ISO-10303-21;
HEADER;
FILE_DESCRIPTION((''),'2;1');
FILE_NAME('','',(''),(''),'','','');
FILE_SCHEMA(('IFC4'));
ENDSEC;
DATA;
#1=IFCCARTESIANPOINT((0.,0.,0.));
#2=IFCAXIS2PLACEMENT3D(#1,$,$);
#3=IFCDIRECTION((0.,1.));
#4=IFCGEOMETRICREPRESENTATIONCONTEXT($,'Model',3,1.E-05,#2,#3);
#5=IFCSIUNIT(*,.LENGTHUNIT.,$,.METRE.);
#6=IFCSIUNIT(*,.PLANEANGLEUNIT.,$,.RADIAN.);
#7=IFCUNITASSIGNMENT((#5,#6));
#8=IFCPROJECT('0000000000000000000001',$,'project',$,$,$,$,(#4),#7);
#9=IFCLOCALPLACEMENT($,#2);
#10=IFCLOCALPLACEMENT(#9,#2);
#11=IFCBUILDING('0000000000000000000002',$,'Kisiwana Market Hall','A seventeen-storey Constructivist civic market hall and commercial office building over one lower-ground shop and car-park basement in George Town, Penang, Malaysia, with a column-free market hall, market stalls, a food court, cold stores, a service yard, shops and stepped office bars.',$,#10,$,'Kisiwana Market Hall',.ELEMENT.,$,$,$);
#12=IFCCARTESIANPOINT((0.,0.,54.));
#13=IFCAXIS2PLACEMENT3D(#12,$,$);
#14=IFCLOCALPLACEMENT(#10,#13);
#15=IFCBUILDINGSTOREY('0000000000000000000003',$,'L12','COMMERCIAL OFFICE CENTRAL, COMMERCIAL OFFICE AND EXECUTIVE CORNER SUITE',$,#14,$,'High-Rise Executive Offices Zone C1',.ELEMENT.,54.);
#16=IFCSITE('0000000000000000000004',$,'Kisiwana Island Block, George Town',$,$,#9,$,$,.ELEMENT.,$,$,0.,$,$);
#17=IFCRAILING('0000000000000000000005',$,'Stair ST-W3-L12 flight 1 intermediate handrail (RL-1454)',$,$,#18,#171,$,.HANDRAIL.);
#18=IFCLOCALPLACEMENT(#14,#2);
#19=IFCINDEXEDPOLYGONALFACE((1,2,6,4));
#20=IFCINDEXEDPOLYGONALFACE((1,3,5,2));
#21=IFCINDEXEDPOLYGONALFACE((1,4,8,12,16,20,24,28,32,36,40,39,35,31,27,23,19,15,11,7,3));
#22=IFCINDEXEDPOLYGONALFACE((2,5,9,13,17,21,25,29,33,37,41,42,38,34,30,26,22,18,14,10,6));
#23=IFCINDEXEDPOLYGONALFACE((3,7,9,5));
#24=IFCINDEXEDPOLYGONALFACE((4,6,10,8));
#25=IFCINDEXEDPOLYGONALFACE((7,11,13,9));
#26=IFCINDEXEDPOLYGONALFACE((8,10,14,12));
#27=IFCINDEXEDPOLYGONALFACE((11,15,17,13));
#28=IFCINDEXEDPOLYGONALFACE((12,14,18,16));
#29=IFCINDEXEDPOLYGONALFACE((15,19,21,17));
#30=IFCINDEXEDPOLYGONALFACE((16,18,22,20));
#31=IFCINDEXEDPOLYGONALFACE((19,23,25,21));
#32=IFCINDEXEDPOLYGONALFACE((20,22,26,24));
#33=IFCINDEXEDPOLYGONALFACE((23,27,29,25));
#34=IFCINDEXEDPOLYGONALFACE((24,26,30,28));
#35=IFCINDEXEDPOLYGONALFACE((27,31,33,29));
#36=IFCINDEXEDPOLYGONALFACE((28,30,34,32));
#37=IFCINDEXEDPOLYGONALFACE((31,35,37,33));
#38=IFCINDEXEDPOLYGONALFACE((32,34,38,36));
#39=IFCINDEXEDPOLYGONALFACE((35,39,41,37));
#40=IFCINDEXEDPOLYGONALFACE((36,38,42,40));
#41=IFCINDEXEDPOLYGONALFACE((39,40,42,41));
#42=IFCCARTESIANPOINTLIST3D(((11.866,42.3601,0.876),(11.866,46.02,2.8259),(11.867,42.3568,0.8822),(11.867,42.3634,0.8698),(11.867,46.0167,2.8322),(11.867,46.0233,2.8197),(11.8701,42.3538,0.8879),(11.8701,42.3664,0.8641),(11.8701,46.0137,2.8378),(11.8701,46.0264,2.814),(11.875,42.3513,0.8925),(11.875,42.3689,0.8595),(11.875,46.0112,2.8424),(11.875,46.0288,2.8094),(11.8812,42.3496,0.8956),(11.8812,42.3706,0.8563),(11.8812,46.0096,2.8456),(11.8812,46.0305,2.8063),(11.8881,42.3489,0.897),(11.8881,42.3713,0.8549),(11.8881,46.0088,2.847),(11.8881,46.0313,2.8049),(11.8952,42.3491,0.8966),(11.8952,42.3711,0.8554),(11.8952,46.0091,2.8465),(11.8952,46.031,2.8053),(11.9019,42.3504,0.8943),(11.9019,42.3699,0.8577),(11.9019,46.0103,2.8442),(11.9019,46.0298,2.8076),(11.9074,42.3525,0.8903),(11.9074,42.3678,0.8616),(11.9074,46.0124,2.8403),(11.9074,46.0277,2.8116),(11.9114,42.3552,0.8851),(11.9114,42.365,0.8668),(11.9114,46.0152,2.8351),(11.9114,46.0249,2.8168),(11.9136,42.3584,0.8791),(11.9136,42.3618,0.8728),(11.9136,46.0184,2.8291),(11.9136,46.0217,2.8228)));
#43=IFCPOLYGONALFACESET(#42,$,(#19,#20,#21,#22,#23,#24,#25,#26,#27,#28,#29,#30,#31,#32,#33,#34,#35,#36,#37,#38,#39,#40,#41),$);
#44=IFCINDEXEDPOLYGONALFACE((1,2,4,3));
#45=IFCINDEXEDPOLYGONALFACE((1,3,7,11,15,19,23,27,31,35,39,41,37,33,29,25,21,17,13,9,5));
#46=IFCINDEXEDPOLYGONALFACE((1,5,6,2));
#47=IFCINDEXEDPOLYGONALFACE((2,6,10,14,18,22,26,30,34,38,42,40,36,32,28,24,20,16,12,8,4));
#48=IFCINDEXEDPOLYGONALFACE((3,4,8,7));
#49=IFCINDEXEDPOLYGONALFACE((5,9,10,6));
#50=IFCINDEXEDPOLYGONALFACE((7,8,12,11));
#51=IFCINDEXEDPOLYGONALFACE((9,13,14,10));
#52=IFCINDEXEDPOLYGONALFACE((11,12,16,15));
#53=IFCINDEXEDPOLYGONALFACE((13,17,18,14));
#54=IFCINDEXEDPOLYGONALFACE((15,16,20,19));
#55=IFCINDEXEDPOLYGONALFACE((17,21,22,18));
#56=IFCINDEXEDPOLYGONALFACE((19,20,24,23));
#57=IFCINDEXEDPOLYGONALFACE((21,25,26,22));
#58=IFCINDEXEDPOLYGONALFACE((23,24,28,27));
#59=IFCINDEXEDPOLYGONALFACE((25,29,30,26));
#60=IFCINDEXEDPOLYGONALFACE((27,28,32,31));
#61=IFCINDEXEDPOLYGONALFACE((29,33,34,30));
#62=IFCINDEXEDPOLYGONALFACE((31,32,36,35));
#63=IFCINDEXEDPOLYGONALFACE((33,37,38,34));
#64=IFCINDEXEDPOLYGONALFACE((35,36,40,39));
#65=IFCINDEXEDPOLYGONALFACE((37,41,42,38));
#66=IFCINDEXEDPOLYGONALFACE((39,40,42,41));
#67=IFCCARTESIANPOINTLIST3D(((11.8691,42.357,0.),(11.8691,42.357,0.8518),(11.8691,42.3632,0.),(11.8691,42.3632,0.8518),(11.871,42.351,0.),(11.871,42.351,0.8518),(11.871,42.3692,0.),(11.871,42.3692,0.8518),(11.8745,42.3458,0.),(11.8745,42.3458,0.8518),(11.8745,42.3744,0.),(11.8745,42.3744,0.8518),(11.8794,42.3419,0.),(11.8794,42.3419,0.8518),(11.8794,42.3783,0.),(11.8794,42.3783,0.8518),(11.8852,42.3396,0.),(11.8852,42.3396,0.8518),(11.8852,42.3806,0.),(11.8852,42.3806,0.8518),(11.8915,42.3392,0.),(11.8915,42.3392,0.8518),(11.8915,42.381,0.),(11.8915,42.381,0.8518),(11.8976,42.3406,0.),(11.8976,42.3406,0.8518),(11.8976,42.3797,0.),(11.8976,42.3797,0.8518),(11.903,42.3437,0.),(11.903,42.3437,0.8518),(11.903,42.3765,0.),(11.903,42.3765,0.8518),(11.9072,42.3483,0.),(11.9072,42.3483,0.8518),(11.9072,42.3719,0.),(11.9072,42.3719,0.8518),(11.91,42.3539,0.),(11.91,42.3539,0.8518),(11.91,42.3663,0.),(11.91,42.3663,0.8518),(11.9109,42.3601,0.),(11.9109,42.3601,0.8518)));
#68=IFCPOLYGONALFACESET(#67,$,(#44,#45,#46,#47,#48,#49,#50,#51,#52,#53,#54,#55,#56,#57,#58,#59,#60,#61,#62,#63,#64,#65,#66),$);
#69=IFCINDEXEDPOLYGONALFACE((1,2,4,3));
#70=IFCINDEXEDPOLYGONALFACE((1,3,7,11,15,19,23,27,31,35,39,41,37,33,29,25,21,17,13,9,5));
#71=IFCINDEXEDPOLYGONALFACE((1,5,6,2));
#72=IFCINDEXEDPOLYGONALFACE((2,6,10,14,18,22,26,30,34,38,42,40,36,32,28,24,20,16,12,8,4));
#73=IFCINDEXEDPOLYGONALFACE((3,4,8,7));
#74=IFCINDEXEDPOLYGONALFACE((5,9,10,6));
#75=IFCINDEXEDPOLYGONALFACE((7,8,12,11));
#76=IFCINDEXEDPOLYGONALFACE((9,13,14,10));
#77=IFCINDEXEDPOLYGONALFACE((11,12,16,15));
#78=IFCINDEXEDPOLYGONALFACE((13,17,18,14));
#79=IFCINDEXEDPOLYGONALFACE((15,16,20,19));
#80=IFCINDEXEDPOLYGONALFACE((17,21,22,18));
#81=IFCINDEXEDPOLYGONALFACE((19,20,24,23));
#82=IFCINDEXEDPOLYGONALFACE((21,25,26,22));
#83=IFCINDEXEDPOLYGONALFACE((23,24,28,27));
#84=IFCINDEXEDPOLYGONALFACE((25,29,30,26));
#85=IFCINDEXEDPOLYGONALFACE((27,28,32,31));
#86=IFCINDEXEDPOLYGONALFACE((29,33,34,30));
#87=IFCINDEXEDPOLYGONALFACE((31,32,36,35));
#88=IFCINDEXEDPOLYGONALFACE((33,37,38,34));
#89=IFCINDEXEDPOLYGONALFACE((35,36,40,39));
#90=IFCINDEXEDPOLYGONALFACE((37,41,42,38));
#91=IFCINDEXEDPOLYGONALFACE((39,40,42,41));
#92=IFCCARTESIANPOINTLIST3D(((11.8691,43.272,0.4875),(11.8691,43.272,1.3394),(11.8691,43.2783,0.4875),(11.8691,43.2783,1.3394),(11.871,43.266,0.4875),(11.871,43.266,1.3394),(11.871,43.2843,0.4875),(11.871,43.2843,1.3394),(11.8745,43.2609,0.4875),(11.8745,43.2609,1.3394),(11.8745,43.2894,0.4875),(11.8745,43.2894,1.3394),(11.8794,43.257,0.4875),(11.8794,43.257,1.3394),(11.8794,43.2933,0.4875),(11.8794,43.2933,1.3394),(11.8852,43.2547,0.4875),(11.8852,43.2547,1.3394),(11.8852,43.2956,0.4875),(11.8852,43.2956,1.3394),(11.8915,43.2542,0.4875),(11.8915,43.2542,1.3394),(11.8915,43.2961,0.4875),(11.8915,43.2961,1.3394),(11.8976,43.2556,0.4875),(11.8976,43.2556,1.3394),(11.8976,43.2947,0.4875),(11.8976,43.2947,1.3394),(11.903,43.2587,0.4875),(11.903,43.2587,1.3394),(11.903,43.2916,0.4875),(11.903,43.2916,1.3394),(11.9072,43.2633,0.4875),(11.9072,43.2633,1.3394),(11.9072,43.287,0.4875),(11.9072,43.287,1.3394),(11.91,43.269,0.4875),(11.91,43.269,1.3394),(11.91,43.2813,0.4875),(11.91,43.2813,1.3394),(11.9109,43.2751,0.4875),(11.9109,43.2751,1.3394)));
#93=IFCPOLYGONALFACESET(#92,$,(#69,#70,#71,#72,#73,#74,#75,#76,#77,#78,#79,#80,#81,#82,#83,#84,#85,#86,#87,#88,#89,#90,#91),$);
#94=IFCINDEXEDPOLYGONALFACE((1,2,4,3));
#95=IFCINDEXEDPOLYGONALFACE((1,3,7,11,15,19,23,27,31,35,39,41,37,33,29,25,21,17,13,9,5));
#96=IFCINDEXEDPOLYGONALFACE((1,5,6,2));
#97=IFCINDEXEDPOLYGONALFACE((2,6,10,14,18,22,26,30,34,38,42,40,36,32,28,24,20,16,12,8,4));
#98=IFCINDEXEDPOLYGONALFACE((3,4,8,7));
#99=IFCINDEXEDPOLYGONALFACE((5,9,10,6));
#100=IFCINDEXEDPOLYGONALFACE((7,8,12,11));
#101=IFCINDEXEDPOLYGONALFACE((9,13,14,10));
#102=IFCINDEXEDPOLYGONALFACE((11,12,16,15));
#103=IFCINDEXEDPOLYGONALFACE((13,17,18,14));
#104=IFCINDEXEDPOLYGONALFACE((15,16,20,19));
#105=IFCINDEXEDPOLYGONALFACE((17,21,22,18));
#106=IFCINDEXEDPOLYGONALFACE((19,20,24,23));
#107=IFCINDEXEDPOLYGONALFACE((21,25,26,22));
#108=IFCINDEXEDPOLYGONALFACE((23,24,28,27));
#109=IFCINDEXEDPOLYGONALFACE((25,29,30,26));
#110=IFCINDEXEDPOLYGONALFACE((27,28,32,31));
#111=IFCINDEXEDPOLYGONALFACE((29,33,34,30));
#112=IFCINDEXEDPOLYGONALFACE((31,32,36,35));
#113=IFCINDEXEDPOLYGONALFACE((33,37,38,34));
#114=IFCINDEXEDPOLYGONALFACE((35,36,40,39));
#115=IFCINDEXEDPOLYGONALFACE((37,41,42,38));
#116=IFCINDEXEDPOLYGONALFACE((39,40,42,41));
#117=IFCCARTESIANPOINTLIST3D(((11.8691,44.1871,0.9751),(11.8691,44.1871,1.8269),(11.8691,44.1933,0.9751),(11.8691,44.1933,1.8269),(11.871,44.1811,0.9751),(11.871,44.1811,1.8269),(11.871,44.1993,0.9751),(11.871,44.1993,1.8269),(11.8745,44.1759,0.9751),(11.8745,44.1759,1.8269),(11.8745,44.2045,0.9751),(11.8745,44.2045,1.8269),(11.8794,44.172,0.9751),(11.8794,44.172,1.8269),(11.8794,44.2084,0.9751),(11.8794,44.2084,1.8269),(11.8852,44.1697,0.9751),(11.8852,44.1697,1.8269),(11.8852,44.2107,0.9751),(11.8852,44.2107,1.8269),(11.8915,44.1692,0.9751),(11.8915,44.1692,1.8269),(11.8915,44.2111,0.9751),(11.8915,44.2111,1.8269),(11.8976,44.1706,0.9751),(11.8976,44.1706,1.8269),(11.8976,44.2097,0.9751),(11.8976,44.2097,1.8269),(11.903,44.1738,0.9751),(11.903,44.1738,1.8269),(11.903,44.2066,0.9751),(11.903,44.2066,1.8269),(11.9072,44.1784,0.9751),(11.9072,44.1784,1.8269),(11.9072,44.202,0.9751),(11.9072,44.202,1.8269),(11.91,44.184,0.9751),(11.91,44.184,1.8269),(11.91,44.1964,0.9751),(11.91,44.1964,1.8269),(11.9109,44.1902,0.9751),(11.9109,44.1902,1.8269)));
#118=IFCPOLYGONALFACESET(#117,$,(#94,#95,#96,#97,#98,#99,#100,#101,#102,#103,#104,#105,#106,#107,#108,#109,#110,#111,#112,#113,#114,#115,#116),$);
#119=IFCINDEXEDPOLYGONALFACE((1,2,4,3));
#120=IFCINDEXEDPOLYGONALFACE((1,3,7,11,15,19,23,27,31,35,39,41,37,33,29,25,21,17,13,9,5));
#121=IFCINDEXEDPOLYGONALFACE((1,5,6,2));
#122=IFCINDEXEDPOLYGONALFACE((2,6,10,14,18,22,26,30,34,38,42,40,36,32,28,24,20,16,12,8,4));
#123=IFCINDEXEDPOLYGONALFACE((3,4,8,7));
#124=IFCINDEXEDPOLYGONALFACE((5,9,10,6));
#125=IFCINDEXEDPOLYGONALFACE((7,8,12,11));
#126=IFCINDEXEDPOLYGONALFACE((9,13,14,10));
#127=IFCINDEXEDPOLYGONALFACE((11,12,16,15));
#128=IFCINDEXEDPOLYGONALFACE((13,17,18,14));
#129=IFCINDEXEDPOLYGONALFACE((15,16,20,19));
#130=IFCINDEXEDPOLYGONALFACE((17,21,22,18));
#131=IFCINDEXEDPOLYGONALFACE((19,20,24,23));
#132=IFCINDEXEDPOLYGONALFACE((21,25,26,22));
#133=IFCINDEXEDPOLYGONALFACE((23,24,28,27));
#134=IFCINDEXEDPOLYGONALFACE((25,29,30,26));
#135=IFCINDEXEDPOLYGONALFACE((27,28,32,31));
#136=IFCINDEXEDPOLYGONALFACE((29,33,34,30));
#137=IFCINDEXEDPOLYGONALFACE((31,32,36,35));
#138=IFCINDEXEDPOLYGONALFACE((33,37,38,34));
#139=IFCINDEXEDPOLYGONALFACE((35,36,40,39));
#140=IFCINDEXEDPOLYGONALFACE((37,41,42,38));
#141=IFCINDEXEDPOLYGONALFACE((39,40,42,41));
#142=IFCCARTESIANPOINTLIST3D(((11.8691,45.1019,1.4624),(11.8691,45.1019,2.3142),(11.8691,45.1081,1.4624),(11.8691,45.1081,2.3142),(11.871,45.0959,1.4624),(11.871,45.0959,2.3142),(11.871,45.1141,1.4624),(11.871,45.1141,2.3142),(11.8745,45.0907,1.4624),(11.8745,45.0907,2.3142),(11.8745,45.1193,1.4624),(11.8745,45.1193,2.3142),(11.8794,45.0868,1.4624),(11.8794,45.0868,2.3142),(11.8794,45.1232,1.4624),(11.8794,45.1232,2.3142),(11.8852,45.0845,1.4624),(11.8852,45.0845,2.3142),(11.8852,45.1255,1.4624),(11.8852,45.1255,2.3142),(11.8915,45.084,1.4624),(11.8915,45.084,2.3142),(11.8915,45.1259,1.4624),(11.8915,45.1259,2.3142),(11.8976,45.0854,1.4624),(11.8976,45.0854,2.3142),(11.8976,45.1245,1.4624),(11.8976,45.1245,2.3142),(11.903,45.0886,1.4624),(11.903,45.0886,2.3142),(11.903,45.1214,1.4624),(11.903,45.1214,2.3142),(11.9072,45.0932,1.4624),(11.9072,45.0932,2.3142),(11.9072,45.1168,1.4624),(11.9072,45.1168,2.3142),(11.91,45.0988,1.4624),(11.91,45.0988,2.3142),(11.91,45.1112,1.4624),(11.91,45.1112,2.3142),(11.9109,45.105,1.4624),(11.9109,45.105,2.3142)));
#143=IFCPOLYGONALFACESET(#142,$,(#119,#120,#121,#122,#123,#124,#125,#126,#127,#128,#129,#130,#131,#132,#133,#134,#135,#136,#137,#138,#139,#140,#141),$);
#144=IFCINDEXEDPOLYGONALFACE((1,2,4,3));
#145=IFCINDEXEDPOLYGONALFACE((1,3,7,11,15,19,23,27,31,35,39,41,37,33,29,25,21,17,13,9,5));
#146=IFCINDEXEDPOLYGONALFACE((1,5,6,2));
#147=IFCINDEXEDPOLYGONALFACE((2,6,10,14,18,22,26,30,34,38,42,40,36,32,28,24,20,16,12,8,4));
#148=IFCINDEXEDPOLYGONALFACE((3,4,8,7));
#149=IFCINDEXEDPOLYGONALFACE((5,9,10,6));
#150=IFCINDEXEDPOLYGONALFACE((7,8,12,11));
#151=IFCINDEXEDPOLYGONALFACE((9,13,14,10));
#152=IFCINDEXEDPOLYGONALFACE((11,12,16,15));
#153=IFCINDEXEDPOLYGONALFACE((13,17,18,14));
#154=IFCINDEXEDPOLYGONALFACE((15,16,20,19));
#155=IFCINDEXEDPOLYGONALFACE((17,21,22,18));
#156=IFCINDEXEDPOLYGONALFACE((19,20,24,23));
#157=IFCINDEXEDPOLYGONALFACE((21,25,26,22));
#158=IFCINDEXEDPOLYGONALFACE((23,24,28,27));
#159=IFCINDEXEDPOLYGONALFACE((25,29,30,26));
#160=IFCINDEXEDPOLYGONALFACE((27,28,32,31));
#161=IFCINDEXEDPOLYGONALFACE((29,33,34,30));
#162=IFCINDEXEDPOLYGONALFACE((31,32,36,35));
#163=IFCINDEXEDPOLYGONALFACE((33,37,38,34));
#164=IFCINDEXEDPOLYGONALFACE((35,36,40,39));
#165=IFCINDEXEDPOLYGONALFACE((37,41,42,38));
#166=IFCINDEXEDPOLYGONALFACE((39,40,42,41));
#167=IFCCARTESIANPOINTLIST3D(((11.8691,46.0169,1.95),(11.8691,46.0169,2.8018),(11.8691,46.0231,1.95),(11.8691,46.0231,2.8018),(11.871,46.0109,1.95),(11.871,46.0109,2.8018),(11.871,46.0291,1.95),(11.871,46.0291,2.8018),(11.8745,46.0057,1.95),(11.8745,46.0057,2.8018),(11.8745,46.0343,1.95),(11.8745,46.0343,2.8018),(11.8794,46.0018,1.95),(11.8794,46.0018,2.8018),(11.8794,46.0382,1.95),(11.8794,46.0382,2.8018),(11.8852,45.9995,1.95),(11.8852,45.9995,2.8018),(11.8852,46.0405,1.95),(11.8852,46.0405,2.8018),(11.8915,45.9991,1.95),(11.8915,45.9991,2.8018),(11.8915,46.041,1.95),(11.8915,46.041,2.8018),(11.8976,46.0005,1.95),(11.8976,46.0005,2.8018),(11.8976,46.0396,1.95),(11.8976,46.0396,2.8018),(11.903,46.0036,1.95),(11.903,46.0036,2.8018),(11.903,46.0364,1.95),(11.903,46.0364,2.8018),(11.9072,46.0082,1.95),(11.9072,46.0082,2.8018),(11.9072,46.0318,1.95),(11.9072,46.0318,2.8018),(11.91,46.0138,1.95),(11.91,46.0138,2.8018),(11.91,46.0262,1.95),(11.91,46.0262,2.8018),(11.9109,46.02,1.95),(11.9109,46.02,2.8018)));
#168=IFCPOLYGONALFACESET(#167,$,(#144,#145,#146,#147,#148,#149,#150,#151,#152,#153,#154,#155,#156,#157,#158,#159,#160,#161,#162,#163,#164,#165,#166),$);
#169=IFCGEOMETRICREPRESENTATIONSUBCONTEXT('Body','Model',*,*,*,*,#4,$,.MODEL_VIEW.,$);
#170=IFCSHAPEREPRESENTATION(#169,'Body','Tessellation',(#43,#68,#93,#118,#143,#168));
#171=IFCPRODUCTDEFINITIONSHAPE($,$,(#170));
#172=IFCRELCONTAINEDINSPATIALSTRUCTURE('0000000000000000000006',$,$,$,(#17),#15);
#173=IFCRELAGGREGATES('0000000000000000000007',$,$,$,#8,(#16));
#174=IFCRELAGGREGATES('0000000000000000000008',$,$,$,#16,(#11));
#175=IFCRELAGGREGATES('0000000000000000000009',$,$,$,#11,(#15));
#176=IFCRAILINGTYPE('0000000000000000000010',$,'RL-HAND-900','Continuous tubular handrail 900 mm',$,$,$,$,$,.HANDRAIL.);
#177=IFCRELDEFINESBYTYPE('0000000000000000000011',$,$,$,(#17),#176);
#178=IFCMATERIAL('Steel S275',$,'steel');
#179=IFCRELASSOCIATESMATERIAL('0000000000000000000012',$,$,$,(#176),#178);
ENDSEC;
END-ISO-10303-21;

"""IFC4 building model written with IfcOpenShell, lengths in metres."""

from ifc_helpers import new_model, si_unit, direction, frame, origin, origin_2d, place, context, subcontext, project, spatial, circle, extrude, material, type_object, element, save


model = new_model("IFC4")

# Units and contexts
model_context = context("Model", 3, precision=1e-05, world=origin(), true_north=direction((0.0, 1.0)))
body_context = subcontext(model_context, "Body", "Model", "MODEL_VIEW")
ifc_project = project(units=[si_unit("LENGTHUNIT", "METRE"), si_unit("PLANEANGLEUNIT", "RADIAN")], contexts=[model_context])

# Site, building, storey
site_placement = place(None, origin())
site = spatial("IfcSite", under=ifc_project, at=site_placement, Name="Kisiwana Island Block, George Town", CompositionType="ELEMENT", RefElevation=0.0)
building_placement = place(site_placement, origin())
building = spatial("IfcBuilding", under=site, at=building_placement, Name="Kisiwana Market Hall", Description="A seventeen-storey Constructivist civic market hall and commercial office building over one lower-ground shop and car-park basement in George Town, Penang, Malaysia, with a column-free market hall, market stalls, a food court, cold stores, a service yard, shops and stepped office bars.", LongName="Kisiwana Market Hall", CompositionType="ELEMENT")
storey_placement = place(building_placement, frame((0.0, 0.0, 54.0)))
storey = spatial("IfcBuildingStorey", under=building, at=storey_placement, Name="L12", Description="COMMERCIAL OFFICE CENTRAL, COMMERCIAL OFFICE AND EXECUTIVE CORNER SUITE", LongName="High-Rise Executive Offices Zone C1", CompositionType="ELEMENT", Elevation=54.0)

# Railing
ifc_material_1 = material(Name="Steel S275", Category="steel")
railing_type_1 = type_object("IfcRailingType", Name="RL-HAND-900", Description="Continuous tubular handrail 900 mm", PredefinedType="HANDRAIL", material=ifc_material_1)
for number, where, name in (
    (1, (11.8899, 42.3601, 0.0), "Stair ST-W3-L12 flight 1 intermediate handrail (RL-1454)"),
):
    element("IfcRailing", number, at=place(storey_placement, frame(where)), inside=storey, type_object=railing_type_1, Name=name, PredefinedType="HANDRAIL", context=body_context, shape_type="SweptSolid", body=[
        extrude(circle(Radius=0.0239, at=origin_2d()), frame((0.0, 0.0, 0.876), z_axis=(0.0, 0.882553, 0.470212), x_axis=(-1.0, 0.0, 0.0)), (0.0, 0.0, 1.0), 4.147),
        extrude(circle(Radius=0.021, at=origin_2d()), origin(), (0.0, 0.0, 1.0), 0.8518),
        extrude(circle(Radius=0.021, at=origin_2d()), frame((0.0, 0.915, 0.4875)), (0.0, 0.0, 1.0), 0.8518),
        extrude(circle(Radius=0.021, at=origin_2d()), frame((0.0, 1.8301, 0.9751)), (0.0, 0.0, 1.0), 0.8518),
        extrude(circle(Radius=0.021, at=origin_2d()), frame((0.0, 2.7449, 1.4624)), (0.0, 0.0, 1.0), 0.8518),
        extrude(circle(Radius=0.021, at=origin_2d()), frame((0.0, 3.6599, 1.95)), (0.0, 0.0, 1.0), 0.8518),
    ])

save(model, "model.ifc")
